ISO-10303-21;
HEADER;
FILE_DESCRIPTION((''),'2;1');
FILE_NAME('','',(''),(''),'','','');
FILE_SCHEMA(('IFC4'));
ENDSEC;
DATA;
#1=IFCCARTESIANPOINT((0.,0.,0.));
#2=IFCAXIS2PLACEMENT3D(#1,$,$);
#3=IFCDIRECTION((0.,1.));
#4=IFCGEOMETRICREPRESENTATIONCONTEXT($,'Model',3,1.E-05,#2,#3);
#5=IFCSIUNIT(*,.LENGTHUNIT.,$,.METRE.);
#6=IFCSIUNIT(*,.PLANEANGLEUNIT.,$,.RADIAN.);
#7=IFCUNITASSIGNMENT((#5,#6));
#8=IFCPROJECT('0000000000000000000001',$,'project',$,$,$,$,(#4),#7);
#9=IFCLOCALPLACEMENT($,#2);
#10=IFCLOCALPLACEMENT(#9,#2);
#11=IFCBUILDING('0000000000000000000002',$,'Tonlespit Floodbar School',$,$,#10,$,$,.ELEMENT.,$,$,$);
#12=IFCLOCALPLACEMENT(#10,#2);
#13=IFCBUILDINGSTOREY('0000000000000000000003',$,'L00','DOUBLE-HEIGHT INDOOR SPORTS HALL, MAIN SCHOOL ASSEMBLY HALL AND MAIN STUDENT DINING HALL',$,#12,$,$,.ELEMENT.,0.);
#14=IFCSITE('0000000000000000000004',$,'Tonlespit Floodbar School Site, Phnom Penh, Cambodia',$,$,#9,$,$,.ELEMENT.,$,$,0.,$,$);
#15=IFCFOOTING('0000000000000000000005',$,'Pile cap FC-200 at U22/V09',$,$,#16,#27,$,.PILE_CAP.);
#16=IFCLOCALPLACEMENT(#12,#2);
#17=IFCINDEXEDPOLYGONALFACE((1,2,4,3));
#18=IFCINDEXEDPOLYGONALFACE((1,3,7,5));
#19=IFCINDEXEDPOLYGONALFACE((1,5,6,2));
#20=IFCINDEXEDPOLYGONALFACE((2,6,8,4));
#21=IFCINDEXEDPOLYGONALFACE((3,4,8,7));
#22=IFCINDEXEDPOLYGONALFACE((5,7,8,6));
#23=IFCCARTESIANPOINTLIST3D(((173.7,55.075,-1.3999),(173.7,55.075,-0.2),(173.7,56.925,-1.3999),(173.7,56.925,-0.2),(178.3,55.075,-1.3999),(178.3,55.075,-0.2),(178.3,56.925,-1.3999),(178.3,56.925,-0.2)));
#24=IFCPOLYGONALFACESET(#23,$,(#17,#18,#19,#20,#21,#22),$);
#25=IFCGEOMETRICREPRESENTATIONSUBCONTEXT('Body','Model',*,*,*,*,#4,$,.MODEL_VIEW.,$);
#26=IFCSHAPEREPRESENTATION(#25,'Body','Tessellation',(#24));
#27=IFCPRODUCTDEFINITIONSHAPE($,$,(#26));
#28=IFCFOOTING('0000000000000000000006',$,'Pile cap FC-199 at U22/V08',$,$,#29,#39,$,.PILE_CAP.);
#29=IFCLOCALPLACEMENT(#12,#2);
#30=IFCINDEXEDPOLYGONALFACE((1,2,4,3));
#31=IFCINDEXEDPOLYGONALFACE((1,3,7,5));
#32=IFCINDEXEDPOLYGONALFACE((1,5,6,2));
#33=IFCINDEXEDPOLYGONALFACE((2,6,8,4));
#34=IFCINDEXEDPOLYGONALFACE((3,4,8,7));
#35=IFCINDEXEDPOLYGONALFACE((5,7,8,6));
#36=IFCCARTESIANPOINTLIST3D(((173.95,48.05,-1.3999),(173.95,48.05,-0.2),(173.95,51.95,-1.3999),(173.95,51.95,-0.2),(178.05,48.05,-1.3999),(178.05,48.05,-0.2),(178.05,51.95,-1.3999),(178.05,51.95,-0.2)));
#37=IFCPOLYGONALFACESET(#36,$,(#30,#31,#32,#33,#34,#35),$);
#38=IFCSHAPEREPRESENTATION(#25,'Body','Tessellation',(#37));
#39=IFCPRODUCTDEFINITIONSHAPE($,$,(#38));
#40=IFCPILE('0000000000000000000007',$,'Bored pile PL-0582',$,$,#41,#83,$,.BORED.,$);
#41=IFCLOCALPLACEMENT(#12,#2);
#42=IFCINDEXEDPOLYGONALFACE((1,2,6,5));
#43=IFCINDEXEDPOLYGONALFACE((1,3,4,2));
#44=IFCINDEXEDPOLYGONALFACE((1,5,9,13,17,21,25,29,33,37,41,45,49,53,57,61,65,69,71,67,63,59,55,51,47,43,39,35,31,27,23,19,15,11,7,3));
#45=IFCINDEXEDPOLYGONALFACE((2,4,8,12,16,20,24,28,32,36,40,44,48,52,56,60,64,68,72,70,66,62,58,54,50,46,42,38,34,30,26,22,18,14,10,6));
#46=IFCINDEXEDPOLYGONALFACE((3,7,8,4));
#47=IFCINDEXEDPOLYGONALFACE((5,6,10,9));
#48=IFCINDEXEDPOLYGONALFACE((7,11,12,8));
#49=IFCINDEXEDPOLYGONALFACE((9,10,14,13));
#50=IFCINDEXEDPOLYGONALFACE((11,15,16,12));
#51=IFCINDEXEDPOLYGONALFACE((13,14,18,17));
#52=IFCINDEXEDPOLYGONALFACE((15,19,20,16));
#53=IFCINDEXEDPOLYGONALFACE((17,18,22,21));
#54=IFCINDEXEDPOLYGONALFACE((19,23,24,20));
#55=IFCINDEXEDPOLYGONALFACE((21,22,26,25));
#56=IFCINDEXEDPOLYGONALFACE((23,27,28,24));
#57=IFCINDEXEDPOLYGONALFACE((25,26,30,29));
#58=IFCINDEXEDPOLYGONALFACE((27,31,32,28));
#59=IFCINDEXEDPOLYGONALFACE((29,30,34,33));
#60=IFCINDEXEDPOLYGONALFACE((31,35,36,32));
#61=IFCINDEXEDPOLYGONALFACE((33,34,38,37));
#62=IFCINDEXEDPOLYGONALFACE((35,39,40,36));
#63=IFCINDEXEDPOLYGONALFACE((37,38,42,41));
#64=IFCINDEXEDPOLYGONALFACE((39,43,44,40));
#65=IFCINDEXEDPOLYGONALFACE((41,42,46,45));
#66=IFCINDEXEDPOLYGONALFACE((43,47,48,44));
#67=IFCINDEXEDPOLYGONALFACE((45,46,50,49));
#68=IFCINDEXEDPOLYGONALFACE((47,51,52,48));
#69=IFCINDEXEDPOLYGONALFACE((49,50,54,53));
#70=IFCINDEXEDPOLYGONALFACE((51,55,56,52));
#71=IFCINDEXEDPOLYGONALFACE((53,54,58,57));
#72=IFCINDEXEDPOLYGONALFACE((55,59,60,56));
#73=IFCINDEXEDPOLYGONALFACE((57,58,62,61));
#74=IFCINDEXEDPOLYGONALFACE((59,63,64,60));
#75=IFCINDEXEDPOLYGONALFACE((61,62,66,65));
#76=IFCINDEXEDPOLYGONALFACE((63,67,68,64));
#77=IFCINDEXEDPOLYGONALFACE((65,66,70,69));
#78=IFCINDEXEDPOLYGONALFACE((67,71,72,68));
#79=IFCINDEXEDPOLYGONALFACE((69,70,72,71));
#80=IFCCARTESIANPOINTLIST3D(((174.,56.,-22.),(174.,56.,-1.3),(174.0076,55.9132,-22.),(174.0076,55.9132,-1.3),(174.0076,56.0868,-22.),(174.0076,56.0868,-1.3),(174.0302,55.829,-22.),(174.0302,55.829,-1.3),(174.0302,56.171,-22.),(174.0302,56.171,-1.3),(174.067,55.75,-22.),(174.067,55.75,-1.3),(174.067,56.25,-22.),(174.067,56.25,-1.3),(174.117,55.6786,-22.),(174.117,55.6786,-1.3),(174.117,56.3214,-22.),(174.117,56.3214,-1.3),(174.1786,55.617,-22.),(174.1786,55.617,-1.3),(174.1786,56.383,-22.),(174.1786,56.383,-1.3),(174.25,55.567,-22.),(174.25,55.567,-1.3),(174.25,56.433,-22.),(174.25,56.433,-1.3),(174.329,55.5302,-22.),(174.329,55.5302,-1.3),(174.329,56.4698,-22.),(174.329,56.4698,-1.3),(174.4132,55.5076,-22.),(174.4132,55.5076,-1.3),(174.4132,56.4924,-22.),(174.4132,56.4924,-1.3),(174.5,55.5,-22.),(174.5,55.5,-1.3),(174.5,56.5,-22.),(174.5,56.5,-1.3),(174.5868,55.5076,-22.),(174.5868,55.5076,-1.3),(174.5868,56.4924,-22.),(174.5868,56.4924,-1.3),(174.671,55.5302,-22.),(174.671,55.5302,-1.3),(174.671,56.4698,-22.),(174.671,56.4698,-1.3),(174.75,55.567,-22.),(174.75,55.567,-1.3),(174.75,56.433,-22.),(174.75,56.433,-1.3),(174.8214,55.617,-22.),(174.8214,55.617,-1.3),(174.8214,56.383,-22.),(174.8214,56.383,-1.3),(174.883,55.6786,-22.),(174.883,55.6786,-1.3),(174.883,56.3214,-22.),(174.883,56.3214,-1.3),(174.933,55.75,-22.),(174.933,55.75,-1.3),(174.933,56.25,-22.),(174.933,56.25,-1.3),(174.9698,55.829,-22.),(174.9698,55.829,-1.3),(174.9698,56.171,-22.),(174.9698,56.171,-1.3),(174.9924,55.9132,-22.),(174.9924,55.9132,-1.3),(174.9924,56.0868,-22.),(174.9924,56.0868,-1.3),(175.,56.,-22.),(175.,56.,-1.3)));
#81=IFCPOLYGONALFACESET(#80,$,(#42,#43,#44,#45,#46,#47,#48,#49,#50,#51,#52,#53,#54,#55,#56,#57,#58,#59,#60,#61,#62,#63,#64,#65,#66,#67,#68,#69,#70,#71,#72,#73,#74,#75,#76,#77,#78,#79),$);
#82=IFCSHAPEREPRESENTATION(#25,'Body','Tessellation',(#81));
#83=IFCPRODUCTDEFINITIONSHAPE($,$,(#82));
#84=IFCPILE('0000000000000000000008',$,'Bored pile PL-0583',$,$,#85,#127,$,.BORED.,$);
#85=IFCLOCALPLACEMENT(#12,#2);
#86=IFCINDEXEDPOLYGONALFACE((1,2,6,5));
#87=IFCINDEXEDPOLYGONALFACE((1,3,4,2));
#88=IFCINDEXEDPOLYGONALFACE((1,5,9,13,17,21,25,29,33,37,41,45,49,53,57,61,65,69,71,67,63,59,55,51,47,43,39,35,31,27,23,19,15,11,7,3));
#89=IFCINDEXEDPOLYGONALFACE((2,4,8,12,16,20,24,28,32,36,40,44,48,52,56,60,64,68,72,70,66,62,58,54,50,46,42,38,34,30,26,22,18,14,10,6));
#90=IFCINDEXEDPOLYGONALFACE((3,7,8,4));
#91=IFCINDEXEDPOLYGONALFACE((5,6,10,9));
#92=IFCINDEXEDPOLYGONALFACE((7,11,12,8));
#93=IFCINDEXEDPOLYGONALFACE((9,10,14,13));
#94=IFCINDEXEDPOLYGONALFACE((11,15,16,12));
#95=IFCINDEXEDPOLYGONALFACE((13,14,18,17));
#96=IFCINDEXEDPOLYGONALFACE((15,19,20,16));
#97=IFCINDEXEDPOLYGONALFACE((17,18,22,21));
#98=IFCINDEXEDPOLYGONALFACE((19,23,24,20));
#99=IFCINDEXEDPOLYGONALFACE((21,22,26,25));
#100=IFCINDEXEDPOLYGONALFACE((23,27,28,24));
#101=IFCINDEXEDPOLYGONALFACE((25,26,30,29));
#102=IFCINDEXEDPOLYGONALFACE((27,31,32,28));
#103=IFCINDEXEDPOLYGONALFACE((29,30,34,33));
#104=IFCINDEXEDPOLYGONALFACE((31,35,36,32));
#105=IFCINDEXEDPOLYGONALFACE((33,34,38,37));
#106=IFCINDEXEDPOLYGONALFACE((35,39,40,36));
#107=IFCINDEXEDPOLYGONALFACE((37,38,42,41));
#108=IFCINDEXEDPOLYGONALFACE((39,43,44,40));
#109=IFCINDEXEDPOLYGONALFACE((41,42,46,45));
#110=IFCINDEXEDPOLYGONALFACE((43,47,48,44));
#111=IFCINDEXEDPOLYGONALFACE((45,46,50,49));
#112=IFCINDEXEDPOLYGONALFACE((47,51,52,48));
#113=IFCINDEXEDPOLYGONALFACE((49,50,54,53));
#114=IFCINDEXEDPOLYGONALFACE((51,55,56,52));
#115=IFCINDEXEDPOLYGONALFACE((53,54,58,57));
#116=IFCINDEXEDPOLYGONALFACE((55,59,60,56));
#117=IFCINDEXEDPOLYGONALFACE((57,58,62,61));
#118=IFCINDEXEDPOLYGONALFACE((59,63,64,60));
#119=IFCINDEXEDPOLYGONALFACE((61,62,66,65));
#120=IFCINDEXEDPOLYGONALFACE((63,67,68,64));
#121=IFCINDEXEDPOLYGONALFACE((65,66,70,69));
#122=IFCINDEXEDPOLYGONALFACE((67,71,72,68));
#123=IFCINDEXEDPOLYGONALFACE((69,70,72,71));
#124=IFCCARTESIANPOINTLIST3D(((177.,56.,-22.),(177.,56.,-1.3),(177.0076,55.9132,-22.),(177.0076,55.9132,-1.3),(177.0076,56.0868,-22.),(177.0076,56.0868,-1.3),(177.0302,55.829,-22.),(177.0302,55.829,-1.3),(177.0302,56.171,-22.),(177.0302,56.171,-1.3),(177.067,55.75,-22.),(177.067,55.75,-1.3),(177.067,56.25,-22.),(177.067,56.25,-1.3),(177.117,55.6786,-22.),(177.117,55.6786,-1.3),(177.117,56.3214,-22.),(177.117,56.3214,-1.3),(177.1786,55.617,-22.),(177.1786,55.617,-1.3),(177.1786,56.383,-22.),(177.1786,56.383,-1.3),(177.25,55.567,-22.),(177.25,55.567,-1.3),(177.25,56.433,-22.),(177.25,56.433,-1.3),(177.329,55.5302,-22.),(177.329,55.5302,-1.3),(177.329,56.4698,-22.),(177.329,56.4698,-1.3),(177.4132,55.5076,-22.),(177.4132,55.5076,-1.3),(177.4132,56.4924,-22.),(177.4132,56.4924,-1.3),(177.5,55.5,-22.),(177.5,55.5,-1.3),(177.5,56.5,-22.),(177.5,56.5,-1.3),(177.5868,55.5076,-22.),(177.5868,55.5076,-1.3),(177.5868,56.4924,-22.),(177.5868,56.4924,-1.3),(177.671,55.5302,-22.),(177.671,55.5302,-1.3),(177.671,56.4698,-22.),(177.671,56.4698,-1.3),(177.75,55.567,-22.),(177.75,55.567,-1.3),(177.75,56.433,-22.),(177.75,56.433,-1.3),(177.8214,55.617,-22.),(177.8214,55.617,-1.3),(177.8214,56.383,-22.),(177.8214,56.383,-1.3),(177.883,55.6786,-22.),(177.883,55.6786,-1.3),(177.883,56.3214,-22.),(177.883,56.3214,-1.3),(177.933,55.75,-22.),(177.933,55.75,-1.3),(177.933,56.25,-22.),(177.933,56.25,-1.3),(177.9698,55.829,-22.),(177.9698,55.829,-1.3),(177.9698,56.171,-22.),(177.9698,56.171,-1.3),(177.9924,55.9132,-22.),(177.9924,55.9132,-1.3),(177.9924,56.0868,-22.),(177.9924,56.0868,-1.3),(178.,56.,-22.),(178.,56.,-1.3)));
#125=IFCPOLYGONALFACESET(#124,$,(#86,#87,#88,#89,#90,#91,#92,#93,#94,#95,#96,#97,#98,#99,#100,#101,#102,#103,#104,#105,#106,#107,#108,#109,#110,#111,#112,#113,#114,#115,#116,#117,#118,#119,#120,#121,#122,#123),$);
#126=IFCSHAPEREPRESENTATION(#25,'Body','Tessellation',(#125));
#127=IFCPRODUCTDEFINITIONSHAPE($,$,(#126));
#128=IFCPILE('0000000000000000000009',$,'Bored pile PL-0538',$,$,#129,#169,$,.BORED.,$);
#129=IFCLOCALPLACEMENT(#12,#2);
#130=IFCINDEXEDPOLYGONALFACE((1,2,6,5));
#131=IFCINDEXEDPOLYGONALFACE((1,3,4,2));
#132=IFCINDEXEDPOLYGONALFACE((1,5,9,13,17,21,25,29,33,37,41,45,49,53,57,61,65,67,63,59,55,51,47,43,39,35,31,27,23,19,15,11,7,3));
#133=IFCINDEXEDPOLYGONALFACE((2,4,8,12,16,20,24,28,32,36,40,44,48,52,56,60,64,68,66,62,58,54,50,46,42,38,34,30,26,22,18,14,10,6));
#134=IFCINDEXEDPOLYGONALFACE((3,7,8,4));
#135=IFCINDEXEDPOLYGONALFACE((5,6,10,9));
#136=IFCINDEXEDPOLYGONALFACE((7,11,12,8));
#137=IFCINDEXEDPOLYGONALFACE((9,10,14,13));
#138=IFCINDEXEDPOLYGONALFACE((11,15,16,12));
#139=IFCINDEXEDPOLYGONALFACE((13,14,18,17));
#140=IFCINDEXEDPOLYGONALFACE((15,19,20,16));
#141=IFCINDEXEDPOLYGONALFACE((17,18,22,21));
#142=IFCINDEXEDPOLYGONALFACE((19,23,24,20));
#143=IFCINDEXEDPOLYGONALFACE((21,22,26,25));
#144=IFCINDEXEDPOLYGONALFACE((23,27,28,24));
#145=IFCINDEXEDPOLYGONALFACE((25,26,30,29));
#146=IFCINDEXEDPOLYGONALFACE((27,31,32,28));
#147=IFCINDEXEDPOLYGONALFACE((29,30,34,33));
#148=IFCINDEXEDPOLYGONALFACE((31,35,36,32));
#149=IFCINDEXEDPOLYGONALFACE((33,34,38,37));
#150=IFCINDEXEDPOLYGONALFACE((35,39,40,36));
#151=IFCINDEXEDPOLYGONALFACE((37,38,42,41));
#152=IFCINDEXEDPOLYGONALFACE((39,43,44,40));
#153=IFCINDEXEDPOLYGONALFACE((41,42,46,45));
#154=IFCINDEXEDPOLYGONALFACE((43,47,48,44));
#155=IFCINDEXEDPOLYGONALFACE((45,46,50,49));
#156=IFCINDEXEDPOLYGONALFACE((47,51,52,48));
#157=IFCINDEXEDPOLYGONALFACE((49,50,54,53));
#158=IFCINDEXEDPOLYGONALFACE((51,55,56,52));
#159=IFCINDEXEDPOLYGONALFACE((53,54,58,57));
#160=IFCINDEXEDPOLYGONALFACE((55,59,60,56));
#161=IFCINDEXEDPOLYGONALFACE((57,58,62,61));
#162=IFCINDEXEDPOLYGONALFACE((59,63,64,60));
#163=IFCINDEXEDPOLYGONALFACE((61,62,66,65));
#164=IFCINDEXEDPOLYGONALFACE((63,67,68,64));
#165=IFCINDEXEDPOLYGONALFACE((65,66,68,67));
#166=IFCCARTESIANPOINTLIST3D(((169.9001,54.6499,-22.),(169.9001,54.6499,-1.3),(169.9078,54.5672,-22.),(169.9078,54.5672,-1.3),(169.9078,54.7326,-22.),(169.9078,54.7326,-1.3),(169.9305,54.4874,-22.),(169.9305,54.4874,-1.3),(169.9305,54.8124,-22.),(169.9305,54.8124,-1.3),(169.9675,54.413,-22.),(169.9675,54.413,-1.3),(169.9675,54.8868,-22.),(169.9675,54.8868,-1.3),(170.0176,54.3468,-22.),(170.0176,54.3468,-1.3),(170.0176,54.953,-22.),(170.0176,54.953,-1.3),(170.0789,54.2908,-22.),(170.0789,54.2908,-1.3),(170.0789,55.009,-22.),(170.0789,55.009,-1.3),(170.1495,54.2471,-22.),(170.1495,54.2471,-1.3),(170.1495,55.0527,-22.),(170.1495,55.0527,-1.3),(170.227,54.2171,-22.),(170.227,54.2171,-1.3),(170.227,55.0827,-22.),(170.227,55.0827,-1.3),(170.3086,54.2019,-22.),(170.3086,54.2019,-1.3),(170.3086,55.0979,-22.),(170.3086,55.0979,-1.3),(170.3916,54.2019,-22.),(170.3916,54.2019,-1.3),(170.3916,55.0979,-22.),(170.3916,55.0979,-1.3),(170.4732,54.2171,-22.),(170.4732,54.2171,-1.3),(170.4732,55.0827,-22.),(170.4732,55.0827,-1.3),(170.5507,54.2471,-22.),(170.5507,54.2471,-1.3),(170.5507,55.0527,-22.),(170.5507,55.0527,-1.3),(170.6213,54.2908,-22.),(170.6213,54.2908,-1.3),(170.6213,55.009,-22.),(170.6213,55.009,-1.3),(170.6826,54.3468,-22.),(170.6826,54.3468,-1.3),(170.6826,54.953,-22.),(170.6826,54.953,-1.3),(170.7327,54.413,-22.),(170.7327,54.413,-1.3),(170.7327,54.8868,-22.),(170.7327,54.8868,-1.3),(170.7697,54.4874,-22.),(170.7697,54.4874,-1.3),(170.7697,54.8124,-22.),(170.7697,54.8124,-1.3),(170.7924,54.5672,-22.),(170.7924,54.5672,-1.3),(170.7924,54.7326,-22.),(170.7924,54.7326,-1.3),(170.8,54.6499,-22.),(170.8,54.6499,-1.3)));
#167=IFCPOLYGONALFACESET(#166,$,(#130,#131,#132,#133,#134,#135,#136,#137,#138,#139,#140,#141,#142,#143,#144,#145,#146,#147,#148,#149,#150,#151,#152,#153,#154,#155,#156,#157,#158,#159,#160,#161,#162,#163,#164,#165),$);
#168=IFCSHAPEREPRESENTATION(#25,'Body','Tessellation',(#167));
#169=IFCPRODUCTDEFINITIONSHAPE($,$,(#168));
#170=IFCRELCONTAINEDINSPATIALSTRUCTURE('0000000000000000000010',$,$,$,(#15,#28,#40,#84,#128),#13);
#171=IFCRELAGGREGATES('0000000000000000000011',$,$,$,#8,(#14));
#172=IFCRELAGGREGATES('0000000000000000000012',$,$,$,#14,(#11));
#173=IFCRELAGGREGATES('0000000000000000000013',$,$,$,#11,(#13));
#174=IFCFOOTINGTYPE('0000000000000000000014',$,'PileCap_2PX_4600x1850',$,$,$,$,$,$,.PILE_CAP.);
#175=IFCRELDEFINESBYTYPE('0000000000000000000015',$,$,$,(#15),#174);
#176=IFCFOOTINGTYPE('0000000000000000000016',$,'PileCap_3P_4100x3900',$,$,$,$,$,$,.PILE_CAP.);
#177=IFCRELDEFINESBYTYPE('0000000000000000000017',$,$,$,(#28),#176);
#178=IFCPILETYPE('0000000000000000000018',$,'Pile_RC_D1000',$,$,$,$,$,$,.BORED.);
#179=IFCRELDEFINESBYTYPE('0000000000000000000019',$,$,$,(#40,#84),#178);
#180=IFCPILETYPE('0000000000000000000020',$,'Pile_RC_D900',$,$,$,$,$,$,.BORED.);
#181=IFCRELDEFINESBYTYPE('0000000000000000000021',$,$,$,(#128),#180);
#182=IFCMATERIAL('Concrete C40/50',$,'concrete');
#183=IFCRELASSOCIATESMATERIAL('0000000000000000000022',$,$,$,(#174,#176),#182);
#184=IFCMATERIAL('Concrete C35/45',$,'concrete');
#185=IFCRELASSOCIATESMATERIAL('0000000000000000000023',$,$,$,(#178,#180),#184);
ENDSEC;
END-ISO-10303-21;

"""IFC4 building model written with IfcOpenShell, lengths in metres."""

from ifc_helpers import new_model, si_unit, direction, frame, origin, origin_2d, place, context, subcontext, project, spatial, rectangle, circle, extrude, material, material_profile, profile_set, type_object, element, save


model = new_model("IFC4")

# Units and contexts
model_context = context("Model", 3, precision=1e-05, world=origin(), true_north=direction((0.0, 1.0)))
body_context = subcontext(model_context, "Body", "Model", "MODEL_VIEW")
ifc_project = project(units=[si_unit("LENGTHUNIT", "METRE"), si_unit("PLANEANGLEUNIT", "RADIAN")], contexts=[model_context])

# Site, building, storey
site_placement = place(None, origin())
site = spatial("IfcSite", under=ifc_project, at=site_placement, Name="Tonlespit Floodbar School Site, Phnom Penh, Cambodia", CompositionType="ELEMENT", RefElevation=0.0)
building_placement = place(site_placement, origin())
building = spatial("IfcBuilding", under=site, at=building_placement, Name="Tonlespit Floodbar School", CompositionType="ELEMENT")
storey_placement = place(building_placement, origin())
storey = spatial("IfcBuildingStorey", under=building, at=storey_placement, Name="L00", Description="DOUBLE-HEIGHT INDOOR SPORTS HALL, MAIN SCHOOL ASSEMBLY HALL AND MAIN STUDENT DINING HALL", CompositionType="ELEMENT", Elevation=0.0)

# Footings
ifc_material_1 = material(Name="Concrete C40/50", Category="concrete")
footing_type_1 = type_object("IfcFootingType", Name="PileCap_2PX_4600x1850", PredefinedType="PILE_CAP", material=ifc_material_1)
footing_1_placement = place(storey_placement, frame((176.0, 56.0, -1.3999), z_axis=(0.0, 0.0, 1.0), x_axis=(1.0, 0.0, 0.0)))
element("IfcFooting", 1, at=footing_1_placement, inside=storey, type_object=footing_type_1, Name="Pile cap FC-200 at U22/V09", PredefinedType="PILE_CAP", context=body_context, shape_type="SweptSolid", body=[
    extrude(rectangle(XDim=4.6001, YDim=1.8501, at=origin_2d()), origin(), (0.0, 0.0, 1.0), 1.2),
])
footing_type_2 = type_object("IfcFootingType", Name="PileCap_3P_4100x3900", PredefinedType="PILE_CAP", material=ifc_material_1)
footing_2_placement = place(storey_placement, frame((176.0, 50.0, -1.3999), z_axis=(0.0, 0.0, 1.0), x_axis=(1.0, 0.0, 0.0)))
element("IfcFooting", 2, at=footing_2_placement, inside=storey, type_object=footing_type_2, Name="Pile cap FC-199 at U22/V08", PredefinedType="PILE_CAP", context=body_context, shape_type="SweptSolid", body=[
    extrude(rectangle(XDim=4.1001, YDim=3.8999, at=origin_2d()), origin(), (0.0, 0.0, 1.0), 1.2),
])

# Piles
ifc_material_2 = material(Name="Concrete C35/45", Category="concrete")
ifc_material_profile_1 = material_profile(ifc_material_2, circle(Radius=0.5, at=origin_2d()), Name="BP D1000")
ifc_profile_set_1 = profile_set([ifc_material_profile_1], Name="Concrete C35/45")
pile_type_1 = type_object("IfcPileType", Name="Pile_RC_D1000", PredefinedType="BORED", material=ifc_profile_set_1)
for number, where, z_axis, x_axis, name in (
    (3, (174.5, 56.0, -1.3), (0.0, 0.0, -1.0), (1.0, 0.0, 0.0), "Bored pile PL-0582"),
    (4, (177.5, 56.0, -1.3), (0.0, 0.0, -1.0), (1.0, 0.0, 0.0), "Bored pile PL-0583"),
):
    element("IfcPile", number, at=place(storey_placement, frame(where, z_axis=z_axis, x_axis=x_axis)), inside=storey, type_object=pile_type_1, Name=name, PredefinedType="BORED", context=body_context, shape_type="SweptSolid", body=[
        extrude(circle(Radius=0.5, at=origin_2d()), origin(), (0.0, 0.0, 1.0), 20.7),
    ])
ifc_material_profile_2 = material_profile(ifc_material_2, circle(Radius=0.45, at=origin_2d()), Name="BP D900")
ifc_profile_set_2 = profile_set([ifc_material_profile_2], Name="Concrete C35/45")
pile_type_2 = type_object("IfcPileType", Name="Pile_RC_D900", PredefinedType="BORED", material=ifc_profile_set_2)
for number, where, z_axis, x_axis, name in (
    (5, (170.3501, 54.6499, -1.3), (0.0, 0.0, -1.0), (1.0, 0.0, 0.0), "Bored pile PL-0538"),
):
    element("IfcPile", number, at=place(storey_placement, frame(where, z_axis=z_axis, x_axis=x_axis)), inside=storey, type_object=pile_type_2, Name=name, PredefinedType="BORED", context=body_context, shape_type="SweptSolid", body=[
        extrude(circle(Radius=0.45, at=origin_2d()), origin(), (0.0, 0.0, 1.0), 20.7),
    ])

save(model, "model.ifc")
